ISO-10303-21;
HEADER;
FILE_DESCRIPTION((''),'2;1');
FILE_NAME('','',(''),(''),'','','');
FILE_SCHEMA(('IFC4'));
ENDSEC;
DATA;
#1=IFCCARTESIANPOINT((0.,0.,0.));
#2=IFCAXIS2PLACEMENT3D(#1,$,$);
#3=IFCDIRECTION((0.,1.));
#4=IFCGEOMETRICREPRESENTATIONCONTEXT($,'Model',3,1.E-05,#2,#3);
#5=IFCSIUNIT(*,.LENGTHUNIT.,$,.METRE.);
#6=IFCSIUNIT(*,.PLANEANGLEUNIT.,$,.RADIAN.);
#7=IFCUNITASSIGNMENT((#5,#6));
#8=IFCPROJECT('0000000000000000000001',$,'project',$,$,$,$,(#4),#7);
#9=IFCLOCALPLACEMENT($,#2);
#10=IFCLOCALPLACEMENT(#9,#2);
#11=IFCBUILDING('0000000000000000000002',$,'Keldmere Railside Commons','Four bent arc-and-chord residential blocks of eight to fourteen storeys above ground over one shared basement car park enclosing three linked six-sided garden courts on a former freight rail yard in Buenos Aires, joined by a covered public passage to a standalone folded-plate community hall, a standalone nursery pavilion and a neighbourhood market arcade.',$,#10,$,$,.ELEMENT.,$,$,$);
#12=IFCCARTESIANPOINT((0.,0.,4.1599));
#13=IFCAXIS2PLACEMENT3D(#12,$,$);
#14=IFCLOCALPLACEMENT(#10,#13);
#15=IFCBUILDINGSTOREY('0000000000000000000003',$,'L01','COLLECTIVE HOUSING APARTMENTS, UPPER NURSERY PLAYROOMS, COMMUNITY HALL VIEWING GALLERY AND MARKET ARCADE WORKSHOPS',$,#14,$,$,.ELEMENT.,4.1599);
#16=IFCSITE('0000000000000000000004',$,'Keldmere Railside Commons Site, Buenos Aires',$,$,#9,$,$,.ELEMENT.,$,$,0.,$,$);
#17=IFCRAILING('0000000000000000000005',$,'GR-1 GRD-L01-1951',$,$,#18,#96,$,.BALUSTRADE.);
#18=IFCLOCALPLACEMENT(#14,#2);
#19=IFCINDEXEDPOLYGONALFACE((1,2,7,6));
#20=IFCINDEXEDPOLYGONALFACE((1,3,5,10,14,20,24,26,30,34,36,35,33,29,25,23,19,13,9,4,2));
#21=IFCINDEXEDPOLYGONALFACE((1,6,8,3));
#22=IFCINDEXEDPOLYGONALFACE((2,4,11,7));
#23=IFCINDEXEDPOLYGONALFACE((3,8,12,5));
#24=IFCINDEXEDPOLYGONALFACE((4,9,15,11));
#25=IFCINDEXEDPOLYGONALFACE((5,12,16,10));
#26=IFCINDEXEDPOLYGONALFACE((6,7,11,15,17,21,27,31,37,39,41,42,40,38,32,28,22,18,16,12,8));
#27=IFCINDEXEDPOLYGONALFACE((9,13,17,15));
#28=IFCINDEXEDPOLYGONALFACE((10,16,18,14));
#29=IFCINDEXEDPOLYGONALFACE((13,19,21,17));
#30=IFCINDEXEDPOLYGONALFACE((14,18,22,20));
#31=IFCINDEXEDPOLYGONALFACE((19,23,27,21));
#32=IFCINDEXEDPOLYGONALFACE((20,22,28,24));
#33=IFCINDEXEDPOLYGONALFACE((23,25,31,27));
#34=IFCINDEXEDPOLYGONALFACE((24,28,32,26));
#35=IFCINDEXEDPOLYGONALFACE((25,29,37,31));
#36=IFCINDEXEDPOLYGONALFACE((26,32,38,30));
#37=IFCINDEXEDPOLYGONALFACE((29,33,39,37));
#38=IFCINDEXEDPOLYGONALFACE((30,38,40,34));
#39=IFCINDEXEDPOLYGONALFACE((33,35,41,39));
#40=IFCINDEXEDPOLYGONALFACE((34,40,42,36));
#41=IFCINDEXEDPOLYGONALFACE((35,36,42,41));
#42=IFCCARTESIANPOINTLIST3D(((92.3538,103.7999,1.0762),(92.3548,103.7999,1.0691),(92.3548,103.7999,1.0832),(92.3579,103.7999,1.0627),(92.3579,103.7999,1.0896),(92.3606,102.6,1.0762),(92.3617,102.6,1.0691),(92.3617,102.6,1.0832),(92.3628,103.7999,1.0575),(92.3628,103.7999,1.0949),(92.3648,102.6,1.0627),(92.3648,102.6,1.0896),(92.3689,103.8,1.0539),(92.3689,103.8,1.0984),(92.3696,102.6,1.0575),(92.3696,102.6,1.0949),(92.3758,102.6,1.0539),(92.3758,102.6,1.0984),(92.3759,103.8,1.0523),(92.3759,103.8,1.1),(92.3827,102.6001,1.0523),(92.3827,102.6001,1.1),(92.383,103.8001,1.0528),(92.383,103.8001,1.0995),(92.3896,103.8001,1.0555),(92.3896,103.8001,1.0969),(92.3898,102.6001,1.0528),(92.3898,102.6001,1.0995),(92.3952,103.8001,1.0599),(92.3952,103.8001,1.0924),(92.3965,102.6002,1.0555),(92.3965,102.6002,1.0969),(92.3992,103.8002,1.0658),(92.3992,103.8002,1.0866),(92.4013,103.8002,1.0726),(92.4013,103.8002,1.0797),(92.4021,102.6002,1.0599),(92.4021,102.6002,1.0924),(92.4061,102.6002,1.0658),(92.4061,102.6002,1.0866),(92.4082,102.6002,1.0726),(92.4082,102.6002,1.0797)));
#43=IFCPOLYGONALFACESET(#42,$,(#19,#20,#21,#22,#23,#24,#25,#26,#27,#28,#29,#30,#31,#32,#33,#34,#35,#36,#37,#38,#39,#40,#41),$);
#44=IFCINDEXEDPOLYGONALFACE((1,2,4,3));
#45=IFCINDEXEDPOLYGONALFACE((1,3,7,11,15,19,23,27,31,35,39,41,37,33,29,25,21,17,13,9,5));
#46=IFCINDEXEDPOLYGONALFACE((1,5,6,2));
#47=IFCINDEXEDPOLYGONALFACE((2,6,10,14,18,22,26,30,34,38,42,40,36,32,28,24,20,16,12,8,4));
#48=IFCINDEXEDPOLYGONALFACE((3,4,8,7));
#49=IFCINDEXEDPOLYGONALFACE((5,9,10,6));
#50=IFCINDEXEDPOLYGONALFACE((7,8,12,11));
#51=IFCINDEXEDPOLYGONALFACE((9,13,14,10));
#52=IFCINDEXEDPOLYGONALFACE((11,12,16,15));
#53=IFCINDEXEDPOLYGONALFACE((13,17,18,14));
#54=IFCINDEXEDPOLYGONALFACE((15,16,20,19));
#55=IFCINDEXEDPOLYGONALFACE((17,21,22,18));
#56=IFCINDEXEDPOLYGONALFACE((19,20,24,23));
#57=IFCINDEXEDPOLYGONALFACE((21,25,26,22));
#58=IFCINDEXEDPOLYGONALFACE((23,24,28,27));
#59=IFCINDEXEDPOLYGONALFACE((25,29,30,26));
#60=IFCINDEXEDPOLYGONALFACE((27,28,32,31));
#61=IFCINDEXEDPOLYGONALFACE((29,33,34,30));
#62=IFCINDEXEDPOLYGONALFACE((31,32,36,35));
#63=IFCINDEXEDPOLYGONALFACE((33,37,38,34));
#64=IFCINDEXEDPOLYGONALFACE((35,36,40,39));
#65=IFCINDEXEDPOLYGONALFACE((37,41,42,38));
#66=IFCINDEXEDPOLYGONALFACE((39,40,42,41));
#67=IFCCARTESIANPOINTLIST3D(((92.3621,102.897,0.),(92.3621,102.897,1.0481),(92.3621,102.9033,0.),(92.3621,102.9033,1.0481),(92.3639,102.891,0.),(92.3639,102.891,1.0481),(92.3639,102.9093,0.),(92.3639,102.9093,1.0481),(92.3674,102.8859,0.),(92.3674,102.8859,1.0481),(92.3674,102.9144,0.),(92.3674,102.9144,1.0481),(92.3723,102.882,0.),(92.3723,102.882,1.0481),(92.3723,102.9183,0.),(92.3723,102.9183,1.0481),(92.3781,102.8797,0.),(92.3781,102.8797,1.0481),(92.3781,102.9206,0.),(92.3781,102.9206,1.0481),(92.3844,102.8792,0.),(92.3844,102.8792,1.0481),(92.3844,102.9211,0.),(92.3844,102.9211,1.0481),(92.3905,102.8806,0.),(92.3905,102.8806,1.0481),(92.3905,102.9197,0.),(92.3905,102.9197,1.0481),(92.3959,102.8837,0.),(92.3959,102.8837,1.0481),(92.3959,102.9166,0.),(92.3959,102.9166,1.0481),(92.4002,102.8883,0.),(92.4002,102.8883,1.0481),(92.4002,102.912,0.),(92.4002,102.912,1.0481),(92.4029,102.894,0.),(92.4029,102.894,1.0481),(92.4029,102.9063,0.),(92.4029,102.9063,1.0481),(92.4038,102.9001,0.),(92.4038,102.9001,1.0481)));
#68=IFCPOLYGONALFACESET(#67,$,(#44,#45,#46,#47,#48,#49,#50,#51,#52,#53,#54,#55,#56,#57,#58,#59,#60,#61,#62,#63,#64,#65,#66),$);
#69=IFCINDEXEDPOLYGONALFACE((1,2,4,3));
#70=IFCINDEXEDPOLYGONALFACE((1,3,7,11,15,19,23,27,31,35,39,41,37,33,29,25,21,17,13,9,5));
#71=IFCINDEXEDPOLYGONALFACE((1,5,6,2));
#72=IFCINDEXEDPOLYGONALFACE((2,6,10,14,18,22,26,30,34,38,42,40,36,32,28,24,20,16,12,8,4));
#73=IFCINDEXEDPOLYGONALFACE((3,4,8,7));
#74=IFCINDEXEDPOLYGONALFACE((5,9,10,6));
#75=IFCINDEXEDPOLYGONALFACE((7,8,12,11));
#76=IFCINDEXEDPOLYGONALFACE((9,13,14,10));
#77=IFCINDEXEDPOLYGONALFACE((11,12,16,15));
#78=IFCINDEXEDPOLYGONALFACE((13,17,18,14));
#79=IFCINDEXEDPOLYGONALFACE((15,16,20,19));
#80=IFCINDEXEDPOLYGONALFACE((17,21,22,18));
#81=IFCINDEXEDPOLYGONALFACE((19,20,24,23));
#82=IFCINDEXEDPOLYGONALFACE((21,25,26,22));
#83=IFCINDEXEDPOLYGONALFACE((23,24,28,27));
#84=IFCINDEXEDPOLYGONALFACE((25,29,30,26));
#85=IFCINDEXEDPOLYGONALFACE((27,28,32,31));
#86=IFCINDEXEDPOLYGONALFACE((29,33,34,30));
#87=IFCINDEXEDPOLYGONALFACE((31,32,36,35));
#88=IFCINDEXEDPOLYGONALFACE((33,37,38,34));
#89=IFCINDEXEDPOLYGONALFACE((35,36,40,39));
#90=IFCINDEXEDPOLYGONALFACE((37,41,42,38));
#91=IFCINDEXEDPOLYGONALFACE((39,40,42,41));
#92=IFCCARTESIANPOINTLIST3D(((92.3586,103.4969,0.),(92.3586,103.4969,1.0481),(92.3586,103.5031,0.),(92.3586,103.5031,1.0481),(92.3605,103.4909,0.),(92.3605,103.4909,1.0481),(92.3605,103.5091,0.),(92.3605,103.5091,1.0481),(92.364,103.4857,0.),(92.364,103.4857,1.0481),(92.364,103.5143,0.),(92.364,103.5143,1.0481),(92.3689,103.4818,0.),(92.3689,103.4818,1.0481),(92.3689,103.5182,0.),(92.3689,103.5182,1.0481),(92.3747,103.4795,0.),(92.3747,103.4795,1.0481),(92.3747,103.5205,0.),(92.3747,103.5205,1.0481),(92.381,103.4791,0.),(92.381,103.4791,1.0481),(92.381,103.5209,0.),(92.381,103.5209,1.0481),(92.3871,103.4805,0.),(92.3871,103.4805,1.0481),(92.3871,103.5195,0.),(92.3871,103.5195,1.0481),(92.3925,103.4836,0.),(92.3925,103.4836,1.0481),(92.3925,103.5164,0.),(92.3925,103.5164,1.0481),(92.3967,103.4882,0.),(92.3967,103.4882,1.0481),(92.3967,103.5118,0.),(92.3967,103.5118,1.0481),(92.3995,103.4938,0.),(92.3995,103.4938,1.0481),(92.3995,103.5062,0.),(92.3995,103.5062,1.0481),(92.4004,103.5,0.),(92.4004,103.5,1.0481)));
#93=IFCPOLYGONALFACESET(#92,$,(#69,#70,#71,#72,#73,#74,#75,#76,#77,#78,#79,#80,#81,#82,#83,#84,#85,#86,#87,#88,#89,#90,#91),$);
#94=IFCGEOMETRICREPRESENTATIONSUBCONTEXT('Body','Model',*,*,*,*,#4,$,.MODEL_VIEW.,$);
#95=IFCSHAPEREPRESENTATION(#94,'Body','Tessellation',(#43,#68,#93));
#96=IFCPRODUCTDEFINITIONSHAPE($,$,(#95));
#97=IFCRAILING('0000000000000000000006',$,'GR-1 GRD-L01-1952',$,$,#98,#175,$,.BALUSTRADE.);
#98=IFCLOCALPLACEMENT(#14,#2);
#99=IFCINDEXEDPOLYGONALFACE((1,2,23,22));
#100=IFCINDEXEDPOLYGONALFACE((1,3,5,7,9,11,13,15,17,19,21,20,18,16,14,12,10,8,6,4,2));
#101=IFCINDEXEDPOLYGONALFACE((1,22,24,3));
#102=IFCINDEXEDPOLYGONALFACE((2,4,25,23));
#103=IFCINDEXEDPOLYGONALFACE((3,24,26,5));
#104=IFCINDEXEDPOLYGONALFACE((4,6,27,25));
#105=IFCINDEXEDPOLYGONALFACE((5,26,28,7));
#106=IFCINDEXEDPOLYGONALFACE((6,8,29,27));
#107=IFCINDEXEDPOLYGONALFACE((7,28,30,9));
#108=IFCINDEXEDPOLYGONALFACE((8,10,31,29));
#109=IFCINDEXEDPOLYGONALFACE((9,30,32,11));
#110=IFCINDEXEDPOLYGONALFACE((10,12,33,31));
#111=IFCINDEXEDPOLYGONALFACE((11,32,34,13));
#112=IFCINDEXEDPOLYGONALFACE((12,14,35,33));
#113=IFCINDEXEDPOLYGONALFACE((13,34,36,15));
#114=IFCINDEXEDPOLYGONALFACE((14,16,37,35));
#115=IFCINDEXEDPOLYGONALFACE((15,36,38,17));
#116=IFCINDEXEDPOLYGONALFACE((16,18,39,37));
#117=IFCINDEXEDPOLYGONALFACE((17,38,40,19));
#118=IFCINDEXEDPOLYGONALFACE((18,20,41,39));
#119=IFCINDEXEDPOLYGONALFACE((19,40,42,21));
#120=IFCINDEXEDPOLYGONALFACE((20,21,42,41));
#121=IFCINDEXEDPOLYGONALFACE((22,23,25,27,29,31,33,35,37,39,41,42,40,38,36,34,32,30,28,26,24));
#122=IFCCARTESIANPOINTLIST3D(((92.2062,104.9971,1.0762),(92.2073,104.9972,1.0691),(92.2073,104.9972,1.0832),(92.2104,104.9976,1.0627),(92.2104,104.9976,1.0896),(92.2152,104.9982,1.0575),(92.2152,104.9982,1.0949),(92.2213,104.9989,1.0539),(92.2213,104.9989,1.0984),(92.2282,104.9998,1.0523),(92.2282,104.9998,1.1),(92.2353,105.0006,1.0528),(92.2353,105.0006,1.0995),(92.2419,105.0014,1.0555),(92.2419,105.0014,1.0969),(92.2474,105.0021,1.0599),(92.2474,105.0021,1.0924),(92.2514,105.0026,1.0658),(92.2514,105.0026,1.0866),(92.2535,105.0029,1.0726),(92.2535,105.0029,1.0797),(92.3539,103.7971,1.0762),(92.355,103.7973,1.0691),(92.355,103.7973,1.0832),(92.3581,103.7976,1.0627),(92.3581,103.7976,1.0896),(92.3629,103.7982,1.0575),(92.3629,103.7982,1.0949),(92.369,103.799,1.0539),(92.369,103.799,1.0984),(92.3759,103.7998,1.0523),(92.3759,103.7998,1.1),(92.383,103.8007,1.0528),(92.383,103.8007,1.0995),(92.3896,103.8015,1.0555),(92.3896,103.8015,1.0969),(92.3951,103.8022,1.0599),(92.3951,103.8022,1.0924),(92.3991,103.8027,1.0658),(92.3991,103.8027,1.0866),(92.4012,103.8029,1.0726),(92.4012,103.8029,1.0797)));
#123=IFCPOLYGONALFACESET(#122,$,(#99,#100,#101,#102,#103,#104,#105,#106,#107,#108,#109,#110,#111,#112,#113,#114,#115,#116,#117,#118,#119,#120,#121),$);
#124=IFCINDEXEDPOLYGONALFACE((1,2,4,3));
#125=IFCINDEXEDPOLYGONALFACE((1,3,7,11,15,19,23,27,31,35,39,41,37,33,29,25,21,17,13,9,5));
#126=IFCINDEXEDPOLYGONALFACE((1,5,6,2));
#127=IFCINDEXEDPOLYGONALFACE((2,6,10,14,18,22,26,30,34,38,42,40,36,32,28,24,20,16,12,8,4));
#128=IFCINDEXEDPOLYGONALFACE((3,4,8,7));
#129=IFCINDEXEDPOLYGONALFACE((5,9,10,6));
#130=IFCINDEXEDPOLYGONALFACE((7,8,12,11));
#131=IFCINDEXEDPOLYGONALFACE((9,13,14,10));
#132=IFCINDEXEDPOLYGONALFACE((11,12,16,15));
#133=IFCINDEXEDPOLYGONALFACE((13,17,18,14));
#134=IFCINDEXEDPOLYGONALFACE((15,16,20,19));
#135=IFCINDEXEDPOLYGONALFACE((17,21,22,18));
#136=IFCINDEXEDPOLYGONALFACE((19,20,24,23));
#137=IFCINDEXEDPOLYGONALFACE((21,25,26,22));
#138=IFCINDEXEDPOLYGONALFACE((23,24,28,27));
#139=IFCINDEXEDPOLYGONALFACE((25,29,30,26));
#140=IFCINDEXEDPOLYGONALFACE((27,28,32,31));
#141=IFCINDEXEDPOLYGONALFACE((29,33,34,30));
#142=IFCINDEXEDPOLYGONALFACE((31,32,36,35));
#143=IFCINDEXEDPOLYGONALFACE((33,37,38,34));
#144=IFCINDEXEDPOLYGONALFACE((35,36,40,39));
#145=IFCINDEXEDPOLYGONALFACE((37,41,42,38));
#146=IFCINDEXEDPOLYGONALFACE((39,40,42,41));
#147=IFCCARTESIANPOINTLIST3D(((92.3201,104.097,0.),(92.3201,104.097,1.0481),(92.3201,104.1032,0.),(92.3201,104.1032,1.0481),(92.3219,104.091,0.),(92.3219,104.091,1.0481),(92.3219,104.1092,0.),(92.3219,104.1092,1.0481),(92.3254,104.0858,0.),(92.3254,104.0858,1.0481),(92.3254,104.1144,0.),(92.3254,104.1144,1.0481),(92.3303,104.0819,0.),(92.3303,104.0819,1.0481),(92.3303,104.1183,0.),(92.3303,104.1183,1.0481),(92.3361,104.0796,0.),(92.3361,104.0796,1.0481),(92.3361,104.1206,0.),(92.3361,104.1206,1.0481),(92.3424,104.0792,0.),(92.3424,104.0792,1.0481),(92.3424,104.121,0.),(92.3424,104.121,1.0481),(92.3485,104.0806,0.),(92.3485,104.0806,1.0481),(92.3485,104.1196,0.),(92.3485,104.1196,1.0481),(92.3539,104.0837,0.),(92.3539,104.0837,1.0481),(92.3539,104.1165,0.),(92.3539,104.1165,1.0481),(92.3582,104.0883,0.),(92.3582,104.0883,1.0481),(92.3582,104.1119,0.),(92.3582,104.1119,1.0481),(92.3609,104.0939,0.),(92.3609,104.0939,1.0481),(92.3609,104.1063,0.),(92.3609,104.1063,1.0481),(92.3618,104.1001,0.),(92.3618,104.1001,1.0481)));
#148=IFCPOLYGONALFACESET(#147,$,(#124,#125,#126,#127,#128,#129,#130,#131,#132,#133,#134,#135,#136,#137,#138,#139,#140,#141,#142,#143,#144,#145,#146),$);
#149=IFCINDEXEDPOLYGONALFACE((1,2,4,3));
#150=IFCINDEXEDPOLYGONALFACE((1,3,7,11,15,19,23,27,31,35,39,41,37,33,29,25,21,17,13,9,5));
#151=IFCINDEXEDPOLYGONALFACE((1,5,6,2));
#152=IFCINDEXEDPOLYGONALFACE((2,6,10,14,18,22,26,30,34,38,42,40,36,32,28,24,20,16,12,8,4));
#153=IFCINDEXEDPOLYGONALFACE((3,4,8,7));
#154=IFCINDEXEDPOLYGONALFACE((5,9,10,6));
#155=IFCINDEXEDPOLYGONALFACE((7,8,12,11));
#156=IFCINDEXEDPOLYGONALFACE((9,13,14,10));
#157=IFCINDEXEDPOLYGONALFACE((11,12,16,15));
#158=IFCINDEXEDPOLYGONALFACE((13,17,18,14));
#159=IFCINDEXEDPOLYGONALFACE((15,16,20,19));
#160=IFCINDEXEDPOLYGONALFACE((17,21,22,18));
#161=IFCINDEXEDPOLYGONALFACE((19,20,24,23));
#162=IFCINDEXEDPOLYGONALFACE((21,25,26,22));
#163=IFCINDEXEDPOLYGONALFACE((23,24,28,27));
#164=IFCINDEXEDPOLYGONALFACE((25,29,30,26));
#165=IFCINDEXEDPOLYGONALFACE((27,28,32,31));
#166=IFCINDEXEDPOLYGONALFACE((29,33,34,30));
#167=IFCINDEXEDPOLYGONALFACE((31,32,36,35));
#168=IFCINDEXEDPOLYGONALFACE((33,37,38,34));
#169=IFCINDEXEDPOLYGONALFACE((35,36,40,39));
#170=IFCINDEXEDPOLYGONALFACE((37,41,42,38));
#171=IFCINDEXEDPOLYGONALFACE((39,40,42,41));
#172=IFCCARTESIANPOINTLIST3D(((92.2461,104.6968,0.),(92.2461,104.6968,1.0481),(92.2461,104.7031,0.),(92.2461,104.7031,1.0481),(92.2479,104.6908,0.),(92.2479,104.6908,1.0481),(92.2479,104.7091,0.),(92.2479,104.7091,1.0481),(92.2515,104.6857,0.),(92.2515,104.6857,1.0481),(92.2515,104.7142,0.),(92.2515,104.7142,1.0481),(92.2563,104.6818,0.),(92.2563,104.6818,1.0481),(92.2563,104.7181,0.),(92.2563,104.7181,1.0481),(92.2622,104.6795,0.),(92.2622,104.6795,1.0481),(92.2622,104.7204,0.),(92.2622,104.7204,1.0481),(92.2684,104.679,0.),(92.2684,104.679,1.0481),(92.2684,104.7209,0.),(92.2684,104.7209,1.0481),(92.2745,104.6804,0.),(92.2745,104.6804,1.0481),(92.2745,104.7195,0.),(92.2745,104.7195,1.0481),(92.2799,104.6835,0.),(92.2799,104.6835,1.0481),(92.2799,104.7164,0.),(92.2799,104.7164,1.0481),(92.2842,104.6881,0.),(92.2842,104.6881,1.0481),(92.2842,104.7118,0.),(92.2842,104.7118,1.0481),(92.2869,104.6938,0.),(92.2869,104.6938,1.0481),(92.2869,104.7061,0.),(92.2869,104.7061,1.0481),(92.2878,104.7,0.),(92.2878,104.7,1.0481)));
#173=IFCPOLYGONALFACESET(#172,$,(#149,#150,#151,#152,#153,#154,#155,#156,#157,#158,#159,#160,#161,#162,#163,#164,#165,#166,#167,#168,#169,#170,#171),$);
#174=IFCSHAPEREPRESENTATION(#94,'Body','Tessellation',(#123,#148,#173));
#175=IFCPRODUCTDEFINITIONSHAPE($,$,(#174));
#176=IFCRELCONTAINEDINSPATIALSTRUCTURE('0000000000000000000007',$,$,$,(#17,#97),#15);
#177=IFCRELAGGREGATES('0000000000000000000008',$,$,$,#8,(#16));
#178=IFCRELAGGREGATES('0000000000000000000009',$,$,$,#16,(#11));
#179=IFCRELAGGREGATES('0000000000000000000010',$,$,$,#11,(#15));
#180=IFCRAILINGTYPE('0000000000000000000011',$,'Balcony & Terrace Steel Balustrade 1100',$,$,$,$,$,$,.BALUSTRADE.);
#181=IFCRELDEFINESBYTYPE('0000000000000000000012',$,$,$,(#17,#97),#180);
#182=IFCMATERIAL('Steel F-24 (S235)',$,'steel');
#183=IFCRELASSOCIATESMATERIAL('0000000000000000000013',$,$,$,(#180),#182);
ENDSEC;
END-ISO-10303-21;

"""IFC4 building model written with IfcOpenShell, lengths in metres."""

from ifc_helpers import new_model, si_unit, direction, frame, origin, origin_2d, place, context, subcontext, project, spatial, circle, extrude, material, type_object, element, save


model = new_model("IFC4")

# Units and contexts
model_context = context("Model", 3, precision=1e-05, world=origin(), true_north=direction((0.0, 1.0)))
body_context = subcontext(model_context, "Body", "Model", "MODEL_VIEW")
ifc_project = project(units=[si_unit("LENGTHUNIT", "METRE"), si_unit("PLANEANGLEUNIT", "RADIAN")], contexts=[model_context])

# Site, building, storey
site_placement = place(None, origin())
site = spatial("IfcSite", under=ifc_project, at=site_placement, Name="Keldmere Railside Commons Site, Buenos Aires", CompositionType="ELEMENT", RefElevation=0.0)
building_placement = place(site_placement, origin())
building = spatial("IfcBuilding", under=site, at=building_placement, Name="Keldmere Railside Commons", Description="Four bent arc-and-chord residential blocks of eight to fourteen storeys above ground over one shared basement car park enclosing three linked six-sided garden courts on a former freight rail yard in Buenos Aires, joined by a covered public passage to a standalone folded-plate community hall, a standalone nursery pavilion and a neighbourhood market arcade.", CompositionType="ELEMENT")
storey_placement = place(building_placement, frame((0.0, 0.0, 4.1599)))
storey = spatial("IfcBuildingStorey", under=building, at=storey_placement, Name="L01", Description="COLLECTIVE HOUSING APARTMENTS, UPPER NURSERY PLAYROOMS, COMMUNITY HALL VIEWING GALLERY AND MARKET ARCADE WORKSHOPS", CompositionType="ELEMENT", Elevation=4.1599)

# Railings
ifc_material_1 = material(Name="Steel F-24 (S235)", Category="steel")
railing_type = type_object("IfcRailingType", Name="Balcony & Terrace Steel Balustrade 1100", PredefinedType="BALUSTRADE", material=ifc_material_1)
railing_1_placement = place(storey_placement, frame((92.3845, 102.6001, 0.0)))
element("IfcRailing", 1, at=railing_1_placement, inside=storey, type_object=railing_type, Name="GR-1 GRD-L01-1951", PredefinedType="BALUSTRADE", context=body_context, shape_type="SweptSolid", body=[
    extrude(circle(Radius=0.0239, at=origin_2d()), frame((0.0, 0.0, 1.0762), z_axis=(-0.005697, 0.999984, 0.0), x_axis=(-0.999984, -0.005697, 0.0)), (0.0, 0.0, 1.0), 1.2),
    extrude(circle(Radius=0.021, at=origin_2d()), frame((-0.0017, 0.3, 0.0)), (0.0, 0.0, 1.0), 1.0481),
    extrude(circle(Radius=0.021, at=origin_2d()), frame((-0.0051, 0.8999, 0.0)), (0.0, 0.0, 1.0), 1.0481),
])
railing_2_placement = place(storey_placement, frame((92.3777, 103.8, 0.0)))
element("IfcRailing", 2, at=railing_2_placement, inside=storey, type_object=railing_type, Name="GR-1 GRD-L01-1952", PredefinedType="BALUSTRADE", context=body_context, shape_type="SweptSolid", body=[
    extrude(circle(Radius=0.0239, at=origin_2d()), frame((0.0, 0.0, 1.0762), z_axis=(-0.122171, 0.992509, 0.0), x_axis=(-0.992509, -0.122171, 0.0)), (0.0, 0.0, 1.0), 1.209),
    extrude(circle(Radius=0.021, at=origin_2d()), frame((-0.0369, 0.3, 0.0)), (0.0, 0.0, 1.0), 1.0481),
    extrude(circle(Radius=0.021, at=origin_2d()), frame((-0.1108, 0.8999, 0.0)), (0.0, 0.0, 1.0), 1.0481),
])

save(model, "model.ifc")
